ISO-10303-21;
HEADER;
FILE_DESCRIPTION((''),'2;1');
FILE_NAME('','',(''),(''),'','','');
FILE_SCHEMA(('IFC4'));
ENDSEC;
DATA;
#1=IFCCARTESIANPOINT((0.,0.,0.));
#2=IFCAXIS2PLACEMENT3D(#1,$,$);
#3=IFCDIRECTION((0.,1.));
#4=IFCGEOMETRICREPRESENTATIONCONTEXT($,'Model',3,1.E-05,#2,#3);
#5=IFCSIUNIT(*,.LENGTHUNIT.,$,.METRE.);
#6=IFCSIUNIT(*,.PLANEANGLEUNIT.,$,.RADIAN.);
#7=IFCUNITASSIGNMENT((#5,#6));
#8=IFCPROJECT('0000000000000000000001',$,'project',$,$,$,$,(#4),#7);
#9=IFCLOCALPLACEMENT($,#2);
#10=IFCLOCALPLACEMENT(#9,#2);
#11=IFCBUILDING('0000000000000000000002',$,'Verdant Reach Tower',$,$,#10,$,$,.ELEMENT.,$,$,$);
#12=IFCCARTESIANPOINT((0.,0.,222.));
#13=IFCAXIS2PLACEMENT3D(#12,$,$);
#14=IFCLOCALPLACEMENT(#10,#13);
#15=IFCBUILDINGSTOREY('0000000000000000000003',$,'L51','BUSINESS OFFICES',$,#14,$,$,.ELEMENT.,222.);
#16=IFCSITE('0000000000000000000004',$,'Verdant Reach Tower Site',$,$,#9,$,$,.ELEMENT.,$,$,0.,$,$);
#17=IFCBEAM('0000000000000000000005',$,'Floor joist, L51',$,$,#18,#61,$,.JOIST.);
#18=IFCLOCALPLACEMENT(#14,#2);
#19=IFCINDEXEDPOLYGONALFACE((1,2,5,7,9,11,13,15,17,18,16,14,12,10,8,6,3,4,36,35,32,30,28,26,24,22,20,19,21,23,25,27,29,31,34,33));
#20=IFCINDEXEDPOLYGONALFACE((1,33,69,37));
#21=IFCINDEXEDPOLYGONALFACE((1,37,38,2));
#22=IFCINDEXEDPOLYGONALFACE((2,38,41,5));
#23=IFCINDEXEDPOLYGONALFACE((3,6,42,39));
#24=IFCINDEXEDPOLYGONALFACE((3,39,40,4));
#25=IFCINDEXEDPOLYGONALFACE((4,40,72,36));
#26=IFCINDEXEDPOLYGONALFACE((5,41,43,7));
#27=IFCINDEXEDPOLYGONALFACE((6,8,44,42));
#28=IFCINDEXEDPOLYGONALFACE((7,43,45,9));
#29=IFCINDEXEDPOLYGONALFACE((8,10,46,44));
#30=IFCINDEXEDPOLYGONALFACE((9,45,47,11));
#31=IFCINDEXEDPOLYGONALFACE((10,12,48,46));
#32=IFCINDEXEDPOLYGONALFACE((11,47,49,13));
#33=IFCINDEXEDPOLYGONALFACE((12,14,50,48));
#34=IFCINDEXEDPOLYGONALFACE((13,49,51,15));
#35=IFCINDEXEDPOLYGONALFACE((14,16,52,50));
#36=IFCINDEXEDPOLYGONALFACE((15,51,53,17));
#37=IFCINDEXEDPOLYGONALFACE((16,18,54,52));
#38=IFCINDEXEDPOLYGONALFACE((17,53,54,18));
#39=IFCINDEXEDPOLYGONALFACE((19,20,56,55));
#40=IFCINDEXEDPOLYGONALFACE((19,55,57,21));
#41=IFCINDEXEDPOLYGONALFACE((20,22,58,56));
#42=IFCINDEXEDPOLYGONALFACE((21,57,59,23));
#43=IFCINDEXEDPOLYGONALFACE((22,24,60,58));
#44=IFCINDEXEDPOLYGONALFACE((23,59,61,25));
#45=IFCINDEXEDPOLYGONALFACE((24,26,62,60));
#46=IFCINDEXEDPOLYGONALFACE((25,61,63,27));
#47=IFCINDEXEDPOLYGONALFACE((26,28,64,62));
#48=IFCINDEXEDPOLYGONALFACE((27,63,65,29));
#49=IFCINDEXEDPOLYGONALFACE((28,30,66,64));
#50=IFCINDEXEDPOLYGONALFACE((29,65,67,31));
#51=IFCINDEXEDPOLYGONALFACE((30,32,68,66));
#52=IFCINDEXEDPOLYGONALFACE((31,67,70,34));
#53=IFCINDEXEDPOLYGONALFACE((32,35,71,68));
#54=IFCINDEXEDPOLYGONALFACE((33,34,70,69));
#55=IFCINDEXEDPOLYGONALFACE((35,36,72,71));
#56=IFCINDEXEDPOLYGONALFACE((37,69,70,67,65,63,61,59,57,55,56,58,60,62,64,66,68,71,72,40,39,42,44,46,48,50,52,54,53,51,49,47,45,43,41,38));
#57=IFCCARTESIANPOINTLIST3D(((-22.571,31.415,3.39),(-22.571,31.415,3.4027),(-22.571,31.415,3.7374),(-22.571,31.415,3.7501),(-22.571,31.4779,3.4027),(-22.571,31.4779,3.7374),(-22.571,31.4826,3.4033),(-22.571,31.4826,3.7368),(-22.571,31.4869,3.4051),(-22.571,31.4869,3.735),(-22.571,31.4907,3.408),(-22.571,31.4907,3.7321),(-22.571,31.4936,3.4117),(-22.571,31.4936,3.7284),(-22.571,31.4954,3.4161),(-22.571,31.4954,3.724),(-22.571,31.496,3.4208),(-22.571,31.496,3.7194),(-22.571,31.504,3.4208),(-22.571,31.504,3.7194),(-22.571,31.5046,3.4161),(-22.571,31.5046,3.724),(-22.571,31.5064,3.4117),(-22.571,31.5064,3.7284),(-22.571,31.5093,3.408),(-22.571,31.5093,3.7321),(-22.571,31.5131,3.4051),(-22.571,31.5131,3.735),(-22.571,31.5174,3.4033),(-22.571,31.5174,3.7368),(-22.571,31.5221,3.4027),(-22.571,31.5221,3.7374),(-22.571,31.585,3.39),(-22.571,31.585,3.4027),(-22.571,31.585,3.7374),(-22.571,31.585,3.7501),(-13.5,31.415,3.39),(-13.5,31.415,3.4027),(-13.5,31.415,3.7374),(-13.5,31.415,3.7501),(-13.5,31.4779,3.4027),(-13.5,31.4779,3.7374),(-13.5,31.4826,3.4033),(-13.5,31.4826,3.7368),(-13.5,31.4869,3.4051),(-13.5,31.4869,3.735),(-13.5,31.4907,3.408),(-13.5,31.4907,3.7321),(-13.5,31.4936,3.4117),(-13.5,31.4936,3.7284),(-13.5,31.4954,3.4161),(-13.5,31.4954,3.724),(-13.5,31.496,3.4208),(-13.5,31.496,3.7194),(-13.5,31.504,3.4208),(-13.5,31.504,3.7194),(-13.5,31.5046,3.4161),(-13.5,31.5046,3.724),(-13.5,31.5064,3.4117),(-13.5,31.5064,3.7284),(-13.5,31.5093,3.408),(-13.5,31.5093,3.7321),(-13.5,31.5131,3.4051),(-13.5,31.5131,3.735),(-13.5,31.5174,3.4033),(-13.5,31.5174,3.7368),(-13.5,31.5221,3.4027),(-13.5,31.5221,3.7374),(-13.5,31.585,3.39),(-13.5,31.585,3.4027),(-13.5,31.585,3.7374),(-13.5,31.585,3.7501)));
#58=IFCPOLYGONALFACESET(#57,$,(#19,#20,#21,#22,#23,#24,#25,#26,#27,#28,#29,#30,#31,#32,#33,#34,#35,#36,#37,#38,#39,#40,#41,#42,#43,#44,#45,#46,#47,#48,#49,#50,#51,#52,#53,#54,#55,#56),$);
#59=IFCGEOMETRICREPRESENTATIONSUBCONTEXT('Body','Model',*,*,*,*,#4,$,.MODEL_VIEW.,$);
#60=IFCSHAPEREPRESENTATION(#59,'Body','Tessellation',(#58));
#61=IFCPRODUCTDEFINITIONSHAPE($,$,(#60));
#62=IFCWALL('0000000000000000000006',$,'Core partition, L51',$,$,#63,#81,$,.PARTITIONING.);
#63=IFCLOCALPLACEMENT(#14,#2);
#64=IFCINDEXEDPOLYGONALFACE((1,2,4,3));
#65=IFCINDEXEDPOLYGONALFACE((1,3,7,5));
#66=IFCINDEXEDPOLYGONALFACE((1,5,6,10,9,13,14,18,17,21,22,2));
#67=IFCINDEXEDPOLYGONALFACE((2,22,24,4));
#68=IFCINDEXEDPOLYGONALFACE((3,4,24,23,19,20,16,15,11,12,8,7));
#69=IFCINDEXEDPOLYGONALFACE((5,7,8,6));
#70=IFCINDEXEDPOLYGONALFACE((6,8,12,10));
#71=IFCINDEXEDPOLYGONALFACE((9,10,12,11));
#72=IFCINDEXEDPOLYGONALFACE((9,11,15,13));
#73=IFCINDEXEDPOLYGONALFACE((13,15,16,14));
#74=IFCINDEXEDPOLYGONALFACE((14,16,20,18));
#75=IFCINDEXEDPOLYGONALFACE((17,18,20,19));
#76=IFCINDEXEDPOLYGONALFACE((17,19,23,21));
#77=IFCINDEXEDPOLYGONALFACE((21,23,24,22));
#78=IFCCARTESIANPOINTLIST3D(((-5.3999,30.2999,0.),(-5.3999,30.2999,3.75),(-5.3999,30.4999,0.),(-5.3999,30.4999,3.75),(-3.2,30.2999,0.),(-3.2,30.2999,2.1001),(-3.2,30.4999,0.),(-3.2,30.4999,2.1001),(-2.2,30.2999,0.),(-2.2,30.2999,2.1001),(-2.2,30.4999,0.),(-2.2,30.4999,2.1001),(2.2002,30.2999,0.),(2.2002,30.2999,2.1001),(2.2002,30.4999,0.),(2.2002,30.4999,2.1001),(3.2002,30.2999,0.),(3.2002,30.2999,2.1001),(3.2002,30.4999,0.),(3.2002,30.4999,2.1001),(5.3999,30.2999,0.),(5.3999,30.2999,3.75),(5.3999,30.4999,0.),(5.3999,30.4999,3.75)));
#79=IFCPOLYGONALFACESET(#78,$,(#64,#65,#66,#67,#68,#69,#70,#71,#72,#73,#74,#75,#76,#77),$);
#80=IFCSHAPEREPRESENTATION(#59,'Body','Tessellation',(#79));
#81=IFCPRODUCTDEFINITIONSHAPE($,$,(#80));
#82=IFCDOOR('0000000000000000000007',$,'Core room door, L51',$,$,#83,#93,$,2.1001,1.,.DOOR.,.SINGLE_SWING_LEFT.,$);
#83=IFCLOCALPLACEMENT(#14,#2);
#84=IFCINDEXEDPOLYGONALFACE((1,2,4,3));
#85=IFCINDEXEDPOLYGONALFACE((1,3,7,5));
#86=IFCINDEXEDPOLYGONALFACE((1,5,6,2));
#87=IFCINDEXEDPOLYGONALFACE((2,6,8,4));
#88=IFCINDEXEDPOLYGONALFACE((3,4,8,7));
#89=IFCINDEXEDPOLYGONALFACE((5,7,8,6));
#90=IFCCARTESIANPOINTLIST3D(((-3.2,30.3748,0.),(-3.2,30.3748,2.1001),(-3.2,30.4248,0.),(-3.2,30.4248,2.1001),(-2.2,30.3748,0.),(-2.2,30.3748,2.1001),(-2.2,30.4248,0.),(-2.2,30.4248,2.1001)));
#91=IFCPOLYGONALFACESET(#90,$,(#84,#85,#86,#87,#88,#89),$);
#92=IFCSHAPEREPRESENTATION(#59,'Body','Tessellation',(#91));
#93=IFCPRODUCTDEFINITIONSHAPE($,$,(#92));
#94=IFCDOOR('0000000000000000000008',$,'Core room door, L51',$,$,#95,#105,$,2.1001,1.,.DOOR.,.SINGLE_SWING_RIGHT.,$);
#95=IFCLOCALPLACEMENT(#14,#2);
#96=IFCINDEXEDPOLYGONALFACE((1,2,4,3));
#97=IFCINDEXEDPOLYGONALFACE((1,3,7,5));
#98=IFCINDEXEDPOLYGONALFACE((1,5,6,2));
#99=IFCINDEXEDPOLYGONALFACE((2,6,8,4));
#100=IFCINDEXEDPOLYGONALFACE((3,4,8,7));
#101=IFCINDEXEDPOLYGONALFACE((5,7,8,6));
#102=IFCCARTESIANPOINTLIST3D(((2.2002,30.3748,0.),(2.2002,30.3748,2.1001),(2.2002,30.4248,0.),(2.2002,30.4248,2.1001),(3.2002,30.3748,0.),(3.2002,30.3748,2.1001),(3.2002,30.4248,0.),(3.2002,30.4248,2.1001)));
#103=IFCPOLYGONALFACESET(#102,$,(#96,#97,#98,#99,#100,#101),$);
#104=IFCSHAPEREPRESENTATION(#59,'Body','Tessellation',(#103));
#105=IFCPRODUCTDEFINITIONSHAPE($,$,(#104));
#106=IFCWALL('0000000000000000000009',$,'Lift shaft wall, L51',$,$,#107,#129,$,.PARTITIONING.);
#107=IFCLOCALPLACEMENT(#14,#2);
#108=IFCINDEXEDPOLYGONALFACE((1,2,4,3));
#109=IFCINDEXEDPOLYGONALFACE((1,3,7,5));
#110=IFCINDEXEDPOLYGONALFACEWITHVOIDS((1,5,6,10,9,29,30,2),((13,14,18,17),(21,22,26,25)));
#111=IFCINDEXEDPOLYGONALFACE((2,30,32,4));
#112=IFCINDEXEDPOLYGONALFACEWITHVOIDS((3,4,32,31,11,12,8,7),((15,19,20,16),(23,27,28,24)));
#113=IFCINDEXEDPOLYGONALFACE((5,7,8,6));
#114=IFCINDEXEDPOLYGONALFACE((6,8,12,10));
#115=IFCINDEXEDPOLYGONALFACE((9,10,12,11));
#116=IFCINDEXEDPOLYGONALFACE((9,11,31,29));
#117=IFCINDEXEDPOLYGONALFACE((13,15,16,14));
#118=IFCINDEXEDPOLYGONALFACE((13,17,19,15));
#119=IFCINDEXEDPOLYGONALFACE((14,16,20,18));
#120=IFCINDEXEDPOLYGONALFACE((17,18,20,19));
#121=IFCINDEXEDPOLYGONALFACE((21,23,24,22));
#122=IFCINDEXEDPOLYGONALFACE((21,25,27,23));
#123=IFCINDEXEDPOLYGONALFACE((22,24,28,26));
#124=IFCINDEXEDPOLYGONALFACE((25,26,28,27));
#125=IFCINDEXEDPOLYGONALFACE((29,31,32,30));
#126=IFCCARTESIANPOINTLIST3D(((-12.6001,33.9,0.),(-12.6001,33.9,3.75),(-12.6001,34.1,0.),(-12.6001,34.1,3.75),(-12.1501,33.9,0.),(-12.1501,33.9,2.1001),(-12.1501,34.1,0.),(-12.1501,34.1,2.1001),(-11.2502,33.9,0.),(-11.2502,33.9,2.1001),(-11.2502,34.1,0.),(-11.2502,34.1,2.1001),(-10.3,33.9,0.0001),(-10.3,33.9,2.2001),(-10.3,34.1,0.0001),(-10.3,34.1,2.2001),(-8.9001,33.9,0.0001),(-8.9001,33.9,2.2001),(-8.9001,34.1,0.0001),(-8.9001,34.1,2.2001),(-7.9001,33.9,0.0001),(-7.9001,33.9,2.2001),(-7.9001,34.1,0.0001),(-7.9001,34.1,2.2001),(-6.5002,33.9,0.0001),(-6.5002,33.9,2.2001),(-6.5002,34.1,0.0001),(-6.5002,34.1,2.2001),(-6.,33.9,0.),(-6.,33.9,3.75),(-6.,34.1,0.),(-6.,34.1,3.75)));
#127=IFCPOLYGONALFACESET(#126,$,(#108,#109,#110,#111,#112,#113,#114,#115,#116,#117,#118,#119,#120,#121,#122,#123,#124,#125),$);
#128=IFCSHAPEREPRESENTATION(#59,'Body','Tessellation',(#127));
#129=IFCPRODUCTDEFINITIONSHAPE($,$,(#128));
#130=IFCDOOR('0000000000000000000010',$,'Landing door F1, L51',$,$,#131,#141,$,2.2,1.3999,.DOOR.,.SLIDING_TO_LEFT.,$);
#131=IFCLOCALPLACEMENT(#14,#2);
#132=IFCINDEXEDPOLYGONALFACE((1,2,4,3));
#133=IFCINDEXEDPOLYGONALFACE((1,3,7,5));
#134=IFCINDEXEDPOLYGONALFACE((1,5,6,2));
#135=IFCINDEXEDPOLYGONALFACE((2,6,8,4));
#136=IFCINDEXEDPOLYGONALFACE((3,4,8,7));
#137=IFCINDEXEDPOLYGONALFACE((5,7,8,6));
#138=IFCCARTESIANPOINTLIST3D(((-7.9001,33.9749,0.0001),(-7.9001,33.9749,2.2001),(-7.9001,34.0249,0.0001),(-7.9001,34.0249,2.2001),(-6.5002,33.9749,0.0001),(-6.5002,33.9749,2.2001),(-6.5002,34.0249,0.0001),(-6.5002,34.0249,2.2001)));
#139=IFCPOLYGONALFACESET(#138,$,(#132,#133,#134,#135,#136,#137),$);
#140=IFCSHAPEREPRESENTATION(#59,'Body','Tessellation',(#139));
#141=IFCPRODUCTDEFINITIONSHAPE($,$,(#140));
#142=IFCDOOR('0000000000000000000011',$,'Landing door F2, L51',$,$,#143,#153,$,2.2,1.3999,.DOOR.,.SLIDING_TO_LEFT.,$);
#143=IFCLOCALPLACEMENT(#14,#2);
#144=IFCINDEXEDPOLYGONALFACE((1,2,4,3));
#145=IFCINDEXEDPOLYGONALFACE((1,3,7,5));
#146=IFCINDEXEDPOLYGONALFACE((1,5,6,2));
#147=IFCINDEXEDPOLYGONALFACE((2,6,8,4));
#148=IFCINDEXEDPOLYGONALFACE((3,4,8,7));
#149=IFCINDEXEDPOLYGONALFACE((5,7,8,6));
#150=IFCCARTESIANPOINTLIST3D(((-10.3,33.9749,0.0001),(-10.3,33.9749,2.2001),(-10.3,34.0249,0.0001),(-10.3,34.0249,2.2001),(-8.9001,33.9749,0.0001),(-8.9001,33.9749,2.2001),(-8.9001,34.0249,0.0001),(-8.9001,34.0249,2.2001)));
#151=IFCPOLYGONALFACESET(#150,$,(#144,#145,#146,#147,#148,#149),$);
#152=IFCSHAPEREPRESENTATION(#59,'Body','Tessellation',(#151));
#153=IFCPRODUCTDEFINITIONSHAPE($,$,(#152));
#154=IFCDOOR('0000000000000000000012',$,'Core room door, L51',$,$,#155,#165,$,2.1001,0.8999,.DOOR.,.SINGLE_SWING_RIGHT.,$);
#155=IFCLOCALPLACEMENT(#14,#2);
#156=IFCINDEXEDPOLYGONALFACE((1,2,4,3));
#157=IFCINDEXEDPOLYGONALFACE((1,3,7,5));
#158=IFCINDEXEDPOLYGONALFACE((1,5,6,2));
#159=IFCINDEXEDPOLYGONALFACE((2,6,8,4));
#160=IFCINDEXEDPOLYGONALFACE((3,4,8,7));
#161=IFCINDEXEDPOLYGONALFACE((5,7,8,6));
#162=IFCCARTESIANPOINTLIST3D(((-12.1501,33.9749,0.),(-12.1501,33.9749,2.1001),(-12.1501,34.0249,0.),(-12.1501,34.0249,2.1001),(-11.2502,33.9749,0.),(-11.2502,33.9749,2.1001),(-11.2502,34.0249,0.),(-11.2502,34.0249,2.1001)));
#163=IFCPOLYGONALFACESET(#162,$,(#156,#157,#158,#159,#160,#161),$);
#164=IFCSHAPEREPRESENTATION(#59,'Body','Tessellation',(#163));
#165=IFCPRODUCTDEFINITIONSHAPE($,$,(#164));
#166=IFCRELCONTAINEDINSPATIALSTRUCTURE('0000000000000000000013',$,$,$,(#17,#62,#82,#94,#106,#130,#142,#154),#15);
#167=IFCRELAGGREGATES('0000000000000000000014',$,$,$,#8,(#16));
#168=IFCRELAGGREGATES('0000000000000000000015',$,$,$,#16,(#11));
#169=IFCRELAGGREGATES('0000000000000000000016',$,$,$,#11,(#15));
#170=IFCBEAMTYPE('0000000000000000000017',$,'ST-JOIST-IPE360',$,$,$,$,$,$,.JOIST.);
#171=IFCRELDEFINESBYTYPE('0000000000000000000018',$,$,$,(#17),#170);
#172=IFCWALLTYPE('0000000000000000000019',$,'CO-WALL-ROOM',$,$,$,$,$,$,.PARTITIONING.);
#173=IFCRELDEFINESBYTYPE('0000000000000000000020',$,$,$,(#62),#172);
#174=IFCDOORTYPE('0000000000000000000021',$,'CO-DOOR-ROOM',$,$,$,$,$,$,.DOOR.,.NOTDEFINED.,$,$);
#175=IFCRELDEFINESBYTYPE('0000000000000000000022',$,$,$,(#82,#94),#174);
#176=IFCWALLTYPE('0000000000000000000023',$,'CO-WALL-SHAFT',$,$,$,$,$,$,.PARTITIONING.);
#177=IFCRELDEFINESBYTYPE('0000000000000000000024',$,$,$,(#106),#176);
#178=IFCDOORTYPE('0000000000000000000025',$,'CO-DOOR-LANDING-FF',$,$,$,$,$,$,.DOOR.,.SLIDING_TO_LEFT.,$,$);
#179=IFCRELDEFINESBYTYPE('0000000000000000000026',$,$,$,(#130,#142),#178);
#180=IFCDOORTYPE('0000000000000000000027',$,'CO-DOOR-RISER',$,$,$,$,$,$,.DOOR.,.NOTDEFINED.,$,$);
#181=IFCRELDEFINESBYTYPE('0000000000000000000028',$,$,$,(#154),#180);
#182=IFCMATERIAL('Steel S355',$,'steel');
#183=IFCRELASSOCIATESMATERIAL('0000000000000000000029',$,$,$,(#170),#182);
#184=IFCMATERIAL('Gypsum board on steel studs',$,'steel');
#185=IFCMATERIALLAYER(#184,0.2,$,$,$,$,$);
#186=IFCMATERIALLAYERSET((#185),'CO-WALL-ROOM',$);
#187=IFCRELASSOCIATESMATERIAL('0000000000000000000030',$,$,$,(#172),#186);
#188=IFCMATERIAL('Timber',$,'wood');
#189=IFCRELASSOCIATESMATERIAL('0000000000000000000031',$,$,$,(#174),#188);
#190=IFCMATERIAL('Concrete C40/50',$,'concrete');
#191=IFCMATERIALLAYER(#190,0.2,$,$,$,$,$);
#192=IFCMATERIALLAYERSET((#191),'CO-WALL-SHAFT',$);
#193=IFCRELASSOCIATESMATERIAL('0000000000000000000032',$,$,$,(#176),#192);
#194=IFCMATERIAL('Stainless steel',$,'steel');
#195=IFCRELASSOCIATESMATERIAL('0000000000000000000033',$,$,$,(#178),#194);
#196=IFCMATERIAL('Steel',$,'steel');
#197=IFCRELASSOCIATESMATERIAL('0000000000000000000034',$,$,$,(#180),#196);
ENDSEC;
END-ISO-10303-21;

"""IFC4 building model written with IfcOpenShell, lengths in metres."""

from ifc_helpers import new_model, si_unit, direction, frame, frame_2d, origin, origin_2d, place, context, subcontext, project, spatial, rectangle, i_section, extrude, material, layer, layer_set, material_profile, profile_set, type_object, element, fill, save


model = new_model("IFC4")

# Units and contexts
model_context = context("Model", 3, precision=1e-05, world=origin(), true_north=direction((0.0, 1.0)))
body_context = subcontext(model_context, "Body", "Model", "MODEL_VIEW")
ifc_project = project(units=[si_unit("LENGTHUNIT", "METRE"), si_unit("PLANEANGLEUNIT", "RADIAN")], contexts=[model_context])

# Site, building, storey
site_placement = place(None, origin())
site = spatial("IfcSite", under=ifc_project, at=site_placement, Name="Verdant Reach Tower Site", CompositionType="ELEMENT", RefElevation=0.0)
building_placement = place(site_placement, origin())
building = spatial("IfcBuilding", under=site, at=building_placement, Name="Verdant Reach Tower", CompositionType="ELEMENT")
storey_placement = place(building_placement, frame((0.0, 0.0, 222.0)))
storey = spatial("IfcBuildingStorey", under=building, at=storey_placement, Name="L51", Description="BUSINESS OFFICES", CompositionType="ELEMENT", Elevation=222.0)

# Beam
ifc_material_1 = material(Name="Steel S355", Category="steel")
ifc_material_profile = material_profile(ifc_material_1, i_section(OverallWidth=0.1699, OverallDepth=0.3601, WebThickness=0.0081, FlangeThickness=0.0127, FilletRadius=0.0181, at=origin_2d()), Name="IPE 360")
ifc_profile_set = profile_set([ifc_material_profile], Name="Steel S355")
beam_type = type_object("IfcBeamType", Name="ST-JOIST-IPE360", PredefinedType="JOIST", material=ifc_profile_set)
beam_placement = place(storey_placement, frame((-13.5, 31.5, 3.5701), z_axis=(-1.0, 0.0, 0.0), x_axis=(0.0, -1.0, 0.0)))
element("IfcBeam", 1, at=beam_placement, inside=storey, type_object=beam_type, Name="Floor joist, L51", PredefinedType="JOIST", context=body_context, shape_type="SweptSolid", body=[
    extrude(i_section(OverallWidth=0.1699, OverallDepth=0.3601, WebThickness=0.0081, FlangeThickness=0.0127, FilletRadius=0.0181, at=origin_2d()), origin(), (0.0, 0.0, 1.0), 9.071),
])

# Walls, openings, doors
ifc_material_2 = material(Name="Gypsum board on steel studs", Category="steel")
ifc_layer_1 = layer(ifc_material_2, 0.2)
ifc_layer_set_1 = layer_set([ifc_layer_1], Name="CO-WALL-ROOM")
wall_type_1 = type_object("IfcWallType", Name="CO-WALL-ROOM", PredefinedType="PARTITIONING", material=ifc_layer_set_1)
wall_1_placement = place(storey_placement, frame((-5.3999, 30.3999, 0.0), z_axis=(0.0, 0.0, 1.0), x_axis=(1.0, 0.0, 0.0)))
wall_1 = element("IfcWall", 2, at=wall_1_placement, inside=storey, type_object=wall_type_1, Name="Core partition, L51", PredefinedType="PARTITIONING", context=body_context, shape_type="SweptSolid", body=[
    extrude(rectangle(XDim=10.7998, YDim=0.2, at=frame_2d((5.3999, 0.0))), origin(), (0.0, 0.0, 1.0), 3.75),
])
opening_1_placement = place(wall_1_placement, frame((2.2, 0.0, 0.0)))
opening_1 = element("IfcOpeningElement", 3, at=opening_1_placement, cuts=wall_1, PredefinedType="OPENING", context=body_context, shape_type="SweptSolid", body=[
    extrude(rectangle(XDim=1.0, YDim=2.1001, at=frame_2d((0.5, 1.05))), frame((0.0, 0.1099, 0.0), z_axis=(0.0, -1.0, 0.0), x_axis=(1.0, 0.0, 0.0)), (0.0, 0.0, 1.0), 0.22),
])
opening_2_placement = place(wall_1_placement, frame((7.6001, 0.0, 0.0)))
opening_2 = element("IfcOpeningElement", 4, at=opening_2_placement, cuts=wall_1, PredefinedType="OPENING", context=body_context, shape_type="SweptSolid", body=[
    extrude(rectangle(XDim=1.0, YDim=2.1001, at=frame_2d((0.5, 1.05))), frame((0.0, 0.1099, 0.0), z_axis=(0.0, -1.0, 0.0), x_axis=(1.0, 0.0, 0.0)), (0.0, 0.0, 1.0), 0.22),
])
ifc_material_3 = material(Name="Timber", Category="wood")
door_type_1 = type_object("IfcDoorType", Name="CO-DOOR-ROOM", OperationType="NOTDEFINED", PredefinedType="DOOR", material=ifc_material_3)
door_1_placement = place(opening_1_placement, origin())
door_1 = element("IfcDoor", 5, at=door_1_placement, inside=storey, type_object=door_type_1, Name="Core room door, L51", OperationType="SINGLE_SWING_LEFT", OverallHeight=2.1001, OverallWidth=1.0, PredefinedType="DOOR", context=body_context, shape_type="SweptSolid", body=[
    extrude(rectangle(XDim=1.0, YDim=2.1001, at=frame_2d((0.5, 1.05))), frame((0.0, 0.0249, 0.0), z_axis=(0.0, -1.0, 0.0), x_axis=(1.0, 0.0, 0.0)), (0.0, 0.0, 1.0), 0.05),
])
fill(opening_1, door_1)
door_2_placement = place(opening_2_placement, origin())
door_2 = element("IfcDoor", 6, at=door_2_placement, inside=storey, type_object=door_type_1, Name="Core room door, L51", OperationType="SINGLE_SWING_RIGHT", OverallHeight=2.1001, OverallWidth=1.0, PredefinedType="DOOR", context=body_context, shape_type="SweptSolid", body=[
    extrude(rectangle(XDim=1.0, YDim=2.1001, at=frame_2d((0.5, 1.05))), frame((0.0, 0.0249, 0.0), z_axis=(0.0, -1.0, 0.0), x_axis=(1.0, 0.0, 0.0)), (0.0, 0.0, 1.0), 0.05),
])
fill(opening_2, door_2)
ifc_material_4 = material(Name="Concrete C40/50", Category="concrete")
ifc_layer_2 = layer(ifc_material_4, 0.2)
ifc_layer_set_2 = layer_set([ifc_layer_2], Name="CO-WALL-SHAFT")
wall_type_2 = type_object("IfcWallType", Name="CO-WALL-SHAFT", PredefinedType="PARTITIONING", material=ifc_layer_set_2)
wall_2_placement = place(storey_placement, frame((-12.6001, 34.0, 0.0), z_axis=(0.0, 0.0, 1.0), x_axis=(1.0, 0.0, 0.0)))
wall_2 = element("IfcWall", 7, at=wall_2_placement, inside=storey, type_object=wall_type_2, Name="Lift shaft wall, L51", PredefinedType="PARTITIONING", context=body_context, shape_type="SweptSolid", body=[
    extrude(rectangle(XDim=6.6001, YDim=0.2, at=frame_2d((3.3, 0.0))), origin(), (0.0, 0.0, 1.0), 3.75),
])
opening_3_placement = place(wall_2_placement, frame((4.7, 0.0, 0.0)))
opening_3 = element("IfcOpeningElement", 8, at=opening_3_placement, cuts=wall_2, PredefinedType="OPENING", context=body_context, shape_type="SweptSolid", body=[
    extrude(rectangle(XDim=1.3999, YDim=2.2, at=frame_2d((0.7, 1.1001))), frame((0.0, 0.1099, 0.0), z_axis=(0.0, -1.0, 0.0), x_axis=(1.0, 0.0, 0.0)), (0.0, 0.0, 1.0), 0.22),
])
opening_4_placement = place(wall_2_placement, frame((2.3, 0.0, 0.0)))
opening_4 = element("IfcOpeningElement", 9, at=opening_4_placement, cuts=wall_2, PredefinedType="OPENING", context=body_context, shape_type="SweptSolid", body=[
    extrude(rectangle(XDim=1.3999, YDim=2.2, at=frame_2d((0.7, 1.1001))), frame((0.0, 0.1099, 0.0), z_axis=(0.0, -1.0, 0.0), x_axis=(1.0, 0.0, 0.0)), (0.0, 0.0, 1.0), 0.22),
])
opening_5_placement = place(wall_2_placement, frame((0.45, 0.0, 0.0)))
opening_5 = element("IfcOpeningElement", 10, at=opening_5_placement, cuts=wall_2, PredefinedType="OPENING", context=body_context, shape_type="SweptSolid", body=[
    extrude(rectangle(XDim=0.8999, YDim=2.1001, at=frame_2d((0.45, 1.05))), frame((0.0, 0.1099, 0.0), z_axis=(0.0, -1.0, 0.0), x_axis=(1.0, 0.0, 0.0)), (0.0, 0.0, 1.0), 0.22),
])
ifc_material_5 = material(Name="Stainless steel", Category="steel")
door_type_2 = type_object("IfcDoorType", Name="CO-DOOR-LANDING-FF", OperationType="SLIDING_TO_LEFT", PredefinedType="DOOR", material=ifc_material_5)
door_3_placement = place(opening_3_placement, origin())
door_3 = element("IfcDoor", 11, at=door_3_placement, inside=storey, type_object=door_type_2, Name="Landing door F1, L51", OperationType="SLIDING_TO_LEFT", OverallHeight=2.2, OverallWidth=1.3999, PredefinedType="DOOR", context=body_context, shape_type="SweptSolid", body=[
    extrude(rectangle(XDim=1.3999, YDim=2.2, at=frame_2d((0.7, 1.1001))), frame((0.0, 0.0249, 0.0), z_axis=(0.0, -1.0, 0.0), x_axis=(1.0, 0.0, 0.0)), (0.0, 0.0, 1.0), 0.05),
])
fill(opening_3, door_3)
door_4_placement = place(opening_4_placement, origin())
door_4 = element("IfcDoor", 12, at=door_4_placement, inside=storey, type_object=door_type_2, Name="Landing door F2, L51", OperationType="SLIDING_TO_LEFT", OverallHeight=2.2, OverallWidth=1.3999, PredefinedType="DOOR", context=body_context, shape_type="SweptSolid", body=[
    extrude(rectangle(XDim=1.3999, YDim=2.2, at=frame_2d((0.7, 1.1001))), frame((0.0, 0.0249, 0.0), z_axis=(0.0, -1.0, 0.0), x_axis=(1.0, 0.0, 0.0)), (0.0, 0.0, 1.0), 0.05),
])
fill(opening_4, door_4)
ifc_material_6 = material(Name="Steel", Category="steel")
door_type_3 = type_object("IfcDoorType", Name="CO-DOOR-RISER", OperationType="NOTDEFINED", PredefinedType="DOOR", material=ifc_material_6)
door_5_placement = place(opening_5_placement, origin())
door_5 = element("IfcDoor", 13, at=door_5_placement, inside=storey, type_object=door_type_3, Name="Core room door, L51", OperationType="SINGLE_SWING_RIGHT", OverallHeight=2.1001, OverallWidth=0.8999, PredefinedType="DOOR", context=body_context, shape_type="SweptSolid", body=[
    extrude(rectangle(XDim=0.8999, YDim=2.1001, at=frame_2d((0.45, 1.05))), frame((0.0, 0.0249, 0.0), z_axis=(0.0, -1.0, 0.0), x_axis=(1.0, 0.0, 0.0)), (0.0, 0.0, 1.0), 0.05),
])
fill(opening_5, door_5)

save(model, "model.ifc")
